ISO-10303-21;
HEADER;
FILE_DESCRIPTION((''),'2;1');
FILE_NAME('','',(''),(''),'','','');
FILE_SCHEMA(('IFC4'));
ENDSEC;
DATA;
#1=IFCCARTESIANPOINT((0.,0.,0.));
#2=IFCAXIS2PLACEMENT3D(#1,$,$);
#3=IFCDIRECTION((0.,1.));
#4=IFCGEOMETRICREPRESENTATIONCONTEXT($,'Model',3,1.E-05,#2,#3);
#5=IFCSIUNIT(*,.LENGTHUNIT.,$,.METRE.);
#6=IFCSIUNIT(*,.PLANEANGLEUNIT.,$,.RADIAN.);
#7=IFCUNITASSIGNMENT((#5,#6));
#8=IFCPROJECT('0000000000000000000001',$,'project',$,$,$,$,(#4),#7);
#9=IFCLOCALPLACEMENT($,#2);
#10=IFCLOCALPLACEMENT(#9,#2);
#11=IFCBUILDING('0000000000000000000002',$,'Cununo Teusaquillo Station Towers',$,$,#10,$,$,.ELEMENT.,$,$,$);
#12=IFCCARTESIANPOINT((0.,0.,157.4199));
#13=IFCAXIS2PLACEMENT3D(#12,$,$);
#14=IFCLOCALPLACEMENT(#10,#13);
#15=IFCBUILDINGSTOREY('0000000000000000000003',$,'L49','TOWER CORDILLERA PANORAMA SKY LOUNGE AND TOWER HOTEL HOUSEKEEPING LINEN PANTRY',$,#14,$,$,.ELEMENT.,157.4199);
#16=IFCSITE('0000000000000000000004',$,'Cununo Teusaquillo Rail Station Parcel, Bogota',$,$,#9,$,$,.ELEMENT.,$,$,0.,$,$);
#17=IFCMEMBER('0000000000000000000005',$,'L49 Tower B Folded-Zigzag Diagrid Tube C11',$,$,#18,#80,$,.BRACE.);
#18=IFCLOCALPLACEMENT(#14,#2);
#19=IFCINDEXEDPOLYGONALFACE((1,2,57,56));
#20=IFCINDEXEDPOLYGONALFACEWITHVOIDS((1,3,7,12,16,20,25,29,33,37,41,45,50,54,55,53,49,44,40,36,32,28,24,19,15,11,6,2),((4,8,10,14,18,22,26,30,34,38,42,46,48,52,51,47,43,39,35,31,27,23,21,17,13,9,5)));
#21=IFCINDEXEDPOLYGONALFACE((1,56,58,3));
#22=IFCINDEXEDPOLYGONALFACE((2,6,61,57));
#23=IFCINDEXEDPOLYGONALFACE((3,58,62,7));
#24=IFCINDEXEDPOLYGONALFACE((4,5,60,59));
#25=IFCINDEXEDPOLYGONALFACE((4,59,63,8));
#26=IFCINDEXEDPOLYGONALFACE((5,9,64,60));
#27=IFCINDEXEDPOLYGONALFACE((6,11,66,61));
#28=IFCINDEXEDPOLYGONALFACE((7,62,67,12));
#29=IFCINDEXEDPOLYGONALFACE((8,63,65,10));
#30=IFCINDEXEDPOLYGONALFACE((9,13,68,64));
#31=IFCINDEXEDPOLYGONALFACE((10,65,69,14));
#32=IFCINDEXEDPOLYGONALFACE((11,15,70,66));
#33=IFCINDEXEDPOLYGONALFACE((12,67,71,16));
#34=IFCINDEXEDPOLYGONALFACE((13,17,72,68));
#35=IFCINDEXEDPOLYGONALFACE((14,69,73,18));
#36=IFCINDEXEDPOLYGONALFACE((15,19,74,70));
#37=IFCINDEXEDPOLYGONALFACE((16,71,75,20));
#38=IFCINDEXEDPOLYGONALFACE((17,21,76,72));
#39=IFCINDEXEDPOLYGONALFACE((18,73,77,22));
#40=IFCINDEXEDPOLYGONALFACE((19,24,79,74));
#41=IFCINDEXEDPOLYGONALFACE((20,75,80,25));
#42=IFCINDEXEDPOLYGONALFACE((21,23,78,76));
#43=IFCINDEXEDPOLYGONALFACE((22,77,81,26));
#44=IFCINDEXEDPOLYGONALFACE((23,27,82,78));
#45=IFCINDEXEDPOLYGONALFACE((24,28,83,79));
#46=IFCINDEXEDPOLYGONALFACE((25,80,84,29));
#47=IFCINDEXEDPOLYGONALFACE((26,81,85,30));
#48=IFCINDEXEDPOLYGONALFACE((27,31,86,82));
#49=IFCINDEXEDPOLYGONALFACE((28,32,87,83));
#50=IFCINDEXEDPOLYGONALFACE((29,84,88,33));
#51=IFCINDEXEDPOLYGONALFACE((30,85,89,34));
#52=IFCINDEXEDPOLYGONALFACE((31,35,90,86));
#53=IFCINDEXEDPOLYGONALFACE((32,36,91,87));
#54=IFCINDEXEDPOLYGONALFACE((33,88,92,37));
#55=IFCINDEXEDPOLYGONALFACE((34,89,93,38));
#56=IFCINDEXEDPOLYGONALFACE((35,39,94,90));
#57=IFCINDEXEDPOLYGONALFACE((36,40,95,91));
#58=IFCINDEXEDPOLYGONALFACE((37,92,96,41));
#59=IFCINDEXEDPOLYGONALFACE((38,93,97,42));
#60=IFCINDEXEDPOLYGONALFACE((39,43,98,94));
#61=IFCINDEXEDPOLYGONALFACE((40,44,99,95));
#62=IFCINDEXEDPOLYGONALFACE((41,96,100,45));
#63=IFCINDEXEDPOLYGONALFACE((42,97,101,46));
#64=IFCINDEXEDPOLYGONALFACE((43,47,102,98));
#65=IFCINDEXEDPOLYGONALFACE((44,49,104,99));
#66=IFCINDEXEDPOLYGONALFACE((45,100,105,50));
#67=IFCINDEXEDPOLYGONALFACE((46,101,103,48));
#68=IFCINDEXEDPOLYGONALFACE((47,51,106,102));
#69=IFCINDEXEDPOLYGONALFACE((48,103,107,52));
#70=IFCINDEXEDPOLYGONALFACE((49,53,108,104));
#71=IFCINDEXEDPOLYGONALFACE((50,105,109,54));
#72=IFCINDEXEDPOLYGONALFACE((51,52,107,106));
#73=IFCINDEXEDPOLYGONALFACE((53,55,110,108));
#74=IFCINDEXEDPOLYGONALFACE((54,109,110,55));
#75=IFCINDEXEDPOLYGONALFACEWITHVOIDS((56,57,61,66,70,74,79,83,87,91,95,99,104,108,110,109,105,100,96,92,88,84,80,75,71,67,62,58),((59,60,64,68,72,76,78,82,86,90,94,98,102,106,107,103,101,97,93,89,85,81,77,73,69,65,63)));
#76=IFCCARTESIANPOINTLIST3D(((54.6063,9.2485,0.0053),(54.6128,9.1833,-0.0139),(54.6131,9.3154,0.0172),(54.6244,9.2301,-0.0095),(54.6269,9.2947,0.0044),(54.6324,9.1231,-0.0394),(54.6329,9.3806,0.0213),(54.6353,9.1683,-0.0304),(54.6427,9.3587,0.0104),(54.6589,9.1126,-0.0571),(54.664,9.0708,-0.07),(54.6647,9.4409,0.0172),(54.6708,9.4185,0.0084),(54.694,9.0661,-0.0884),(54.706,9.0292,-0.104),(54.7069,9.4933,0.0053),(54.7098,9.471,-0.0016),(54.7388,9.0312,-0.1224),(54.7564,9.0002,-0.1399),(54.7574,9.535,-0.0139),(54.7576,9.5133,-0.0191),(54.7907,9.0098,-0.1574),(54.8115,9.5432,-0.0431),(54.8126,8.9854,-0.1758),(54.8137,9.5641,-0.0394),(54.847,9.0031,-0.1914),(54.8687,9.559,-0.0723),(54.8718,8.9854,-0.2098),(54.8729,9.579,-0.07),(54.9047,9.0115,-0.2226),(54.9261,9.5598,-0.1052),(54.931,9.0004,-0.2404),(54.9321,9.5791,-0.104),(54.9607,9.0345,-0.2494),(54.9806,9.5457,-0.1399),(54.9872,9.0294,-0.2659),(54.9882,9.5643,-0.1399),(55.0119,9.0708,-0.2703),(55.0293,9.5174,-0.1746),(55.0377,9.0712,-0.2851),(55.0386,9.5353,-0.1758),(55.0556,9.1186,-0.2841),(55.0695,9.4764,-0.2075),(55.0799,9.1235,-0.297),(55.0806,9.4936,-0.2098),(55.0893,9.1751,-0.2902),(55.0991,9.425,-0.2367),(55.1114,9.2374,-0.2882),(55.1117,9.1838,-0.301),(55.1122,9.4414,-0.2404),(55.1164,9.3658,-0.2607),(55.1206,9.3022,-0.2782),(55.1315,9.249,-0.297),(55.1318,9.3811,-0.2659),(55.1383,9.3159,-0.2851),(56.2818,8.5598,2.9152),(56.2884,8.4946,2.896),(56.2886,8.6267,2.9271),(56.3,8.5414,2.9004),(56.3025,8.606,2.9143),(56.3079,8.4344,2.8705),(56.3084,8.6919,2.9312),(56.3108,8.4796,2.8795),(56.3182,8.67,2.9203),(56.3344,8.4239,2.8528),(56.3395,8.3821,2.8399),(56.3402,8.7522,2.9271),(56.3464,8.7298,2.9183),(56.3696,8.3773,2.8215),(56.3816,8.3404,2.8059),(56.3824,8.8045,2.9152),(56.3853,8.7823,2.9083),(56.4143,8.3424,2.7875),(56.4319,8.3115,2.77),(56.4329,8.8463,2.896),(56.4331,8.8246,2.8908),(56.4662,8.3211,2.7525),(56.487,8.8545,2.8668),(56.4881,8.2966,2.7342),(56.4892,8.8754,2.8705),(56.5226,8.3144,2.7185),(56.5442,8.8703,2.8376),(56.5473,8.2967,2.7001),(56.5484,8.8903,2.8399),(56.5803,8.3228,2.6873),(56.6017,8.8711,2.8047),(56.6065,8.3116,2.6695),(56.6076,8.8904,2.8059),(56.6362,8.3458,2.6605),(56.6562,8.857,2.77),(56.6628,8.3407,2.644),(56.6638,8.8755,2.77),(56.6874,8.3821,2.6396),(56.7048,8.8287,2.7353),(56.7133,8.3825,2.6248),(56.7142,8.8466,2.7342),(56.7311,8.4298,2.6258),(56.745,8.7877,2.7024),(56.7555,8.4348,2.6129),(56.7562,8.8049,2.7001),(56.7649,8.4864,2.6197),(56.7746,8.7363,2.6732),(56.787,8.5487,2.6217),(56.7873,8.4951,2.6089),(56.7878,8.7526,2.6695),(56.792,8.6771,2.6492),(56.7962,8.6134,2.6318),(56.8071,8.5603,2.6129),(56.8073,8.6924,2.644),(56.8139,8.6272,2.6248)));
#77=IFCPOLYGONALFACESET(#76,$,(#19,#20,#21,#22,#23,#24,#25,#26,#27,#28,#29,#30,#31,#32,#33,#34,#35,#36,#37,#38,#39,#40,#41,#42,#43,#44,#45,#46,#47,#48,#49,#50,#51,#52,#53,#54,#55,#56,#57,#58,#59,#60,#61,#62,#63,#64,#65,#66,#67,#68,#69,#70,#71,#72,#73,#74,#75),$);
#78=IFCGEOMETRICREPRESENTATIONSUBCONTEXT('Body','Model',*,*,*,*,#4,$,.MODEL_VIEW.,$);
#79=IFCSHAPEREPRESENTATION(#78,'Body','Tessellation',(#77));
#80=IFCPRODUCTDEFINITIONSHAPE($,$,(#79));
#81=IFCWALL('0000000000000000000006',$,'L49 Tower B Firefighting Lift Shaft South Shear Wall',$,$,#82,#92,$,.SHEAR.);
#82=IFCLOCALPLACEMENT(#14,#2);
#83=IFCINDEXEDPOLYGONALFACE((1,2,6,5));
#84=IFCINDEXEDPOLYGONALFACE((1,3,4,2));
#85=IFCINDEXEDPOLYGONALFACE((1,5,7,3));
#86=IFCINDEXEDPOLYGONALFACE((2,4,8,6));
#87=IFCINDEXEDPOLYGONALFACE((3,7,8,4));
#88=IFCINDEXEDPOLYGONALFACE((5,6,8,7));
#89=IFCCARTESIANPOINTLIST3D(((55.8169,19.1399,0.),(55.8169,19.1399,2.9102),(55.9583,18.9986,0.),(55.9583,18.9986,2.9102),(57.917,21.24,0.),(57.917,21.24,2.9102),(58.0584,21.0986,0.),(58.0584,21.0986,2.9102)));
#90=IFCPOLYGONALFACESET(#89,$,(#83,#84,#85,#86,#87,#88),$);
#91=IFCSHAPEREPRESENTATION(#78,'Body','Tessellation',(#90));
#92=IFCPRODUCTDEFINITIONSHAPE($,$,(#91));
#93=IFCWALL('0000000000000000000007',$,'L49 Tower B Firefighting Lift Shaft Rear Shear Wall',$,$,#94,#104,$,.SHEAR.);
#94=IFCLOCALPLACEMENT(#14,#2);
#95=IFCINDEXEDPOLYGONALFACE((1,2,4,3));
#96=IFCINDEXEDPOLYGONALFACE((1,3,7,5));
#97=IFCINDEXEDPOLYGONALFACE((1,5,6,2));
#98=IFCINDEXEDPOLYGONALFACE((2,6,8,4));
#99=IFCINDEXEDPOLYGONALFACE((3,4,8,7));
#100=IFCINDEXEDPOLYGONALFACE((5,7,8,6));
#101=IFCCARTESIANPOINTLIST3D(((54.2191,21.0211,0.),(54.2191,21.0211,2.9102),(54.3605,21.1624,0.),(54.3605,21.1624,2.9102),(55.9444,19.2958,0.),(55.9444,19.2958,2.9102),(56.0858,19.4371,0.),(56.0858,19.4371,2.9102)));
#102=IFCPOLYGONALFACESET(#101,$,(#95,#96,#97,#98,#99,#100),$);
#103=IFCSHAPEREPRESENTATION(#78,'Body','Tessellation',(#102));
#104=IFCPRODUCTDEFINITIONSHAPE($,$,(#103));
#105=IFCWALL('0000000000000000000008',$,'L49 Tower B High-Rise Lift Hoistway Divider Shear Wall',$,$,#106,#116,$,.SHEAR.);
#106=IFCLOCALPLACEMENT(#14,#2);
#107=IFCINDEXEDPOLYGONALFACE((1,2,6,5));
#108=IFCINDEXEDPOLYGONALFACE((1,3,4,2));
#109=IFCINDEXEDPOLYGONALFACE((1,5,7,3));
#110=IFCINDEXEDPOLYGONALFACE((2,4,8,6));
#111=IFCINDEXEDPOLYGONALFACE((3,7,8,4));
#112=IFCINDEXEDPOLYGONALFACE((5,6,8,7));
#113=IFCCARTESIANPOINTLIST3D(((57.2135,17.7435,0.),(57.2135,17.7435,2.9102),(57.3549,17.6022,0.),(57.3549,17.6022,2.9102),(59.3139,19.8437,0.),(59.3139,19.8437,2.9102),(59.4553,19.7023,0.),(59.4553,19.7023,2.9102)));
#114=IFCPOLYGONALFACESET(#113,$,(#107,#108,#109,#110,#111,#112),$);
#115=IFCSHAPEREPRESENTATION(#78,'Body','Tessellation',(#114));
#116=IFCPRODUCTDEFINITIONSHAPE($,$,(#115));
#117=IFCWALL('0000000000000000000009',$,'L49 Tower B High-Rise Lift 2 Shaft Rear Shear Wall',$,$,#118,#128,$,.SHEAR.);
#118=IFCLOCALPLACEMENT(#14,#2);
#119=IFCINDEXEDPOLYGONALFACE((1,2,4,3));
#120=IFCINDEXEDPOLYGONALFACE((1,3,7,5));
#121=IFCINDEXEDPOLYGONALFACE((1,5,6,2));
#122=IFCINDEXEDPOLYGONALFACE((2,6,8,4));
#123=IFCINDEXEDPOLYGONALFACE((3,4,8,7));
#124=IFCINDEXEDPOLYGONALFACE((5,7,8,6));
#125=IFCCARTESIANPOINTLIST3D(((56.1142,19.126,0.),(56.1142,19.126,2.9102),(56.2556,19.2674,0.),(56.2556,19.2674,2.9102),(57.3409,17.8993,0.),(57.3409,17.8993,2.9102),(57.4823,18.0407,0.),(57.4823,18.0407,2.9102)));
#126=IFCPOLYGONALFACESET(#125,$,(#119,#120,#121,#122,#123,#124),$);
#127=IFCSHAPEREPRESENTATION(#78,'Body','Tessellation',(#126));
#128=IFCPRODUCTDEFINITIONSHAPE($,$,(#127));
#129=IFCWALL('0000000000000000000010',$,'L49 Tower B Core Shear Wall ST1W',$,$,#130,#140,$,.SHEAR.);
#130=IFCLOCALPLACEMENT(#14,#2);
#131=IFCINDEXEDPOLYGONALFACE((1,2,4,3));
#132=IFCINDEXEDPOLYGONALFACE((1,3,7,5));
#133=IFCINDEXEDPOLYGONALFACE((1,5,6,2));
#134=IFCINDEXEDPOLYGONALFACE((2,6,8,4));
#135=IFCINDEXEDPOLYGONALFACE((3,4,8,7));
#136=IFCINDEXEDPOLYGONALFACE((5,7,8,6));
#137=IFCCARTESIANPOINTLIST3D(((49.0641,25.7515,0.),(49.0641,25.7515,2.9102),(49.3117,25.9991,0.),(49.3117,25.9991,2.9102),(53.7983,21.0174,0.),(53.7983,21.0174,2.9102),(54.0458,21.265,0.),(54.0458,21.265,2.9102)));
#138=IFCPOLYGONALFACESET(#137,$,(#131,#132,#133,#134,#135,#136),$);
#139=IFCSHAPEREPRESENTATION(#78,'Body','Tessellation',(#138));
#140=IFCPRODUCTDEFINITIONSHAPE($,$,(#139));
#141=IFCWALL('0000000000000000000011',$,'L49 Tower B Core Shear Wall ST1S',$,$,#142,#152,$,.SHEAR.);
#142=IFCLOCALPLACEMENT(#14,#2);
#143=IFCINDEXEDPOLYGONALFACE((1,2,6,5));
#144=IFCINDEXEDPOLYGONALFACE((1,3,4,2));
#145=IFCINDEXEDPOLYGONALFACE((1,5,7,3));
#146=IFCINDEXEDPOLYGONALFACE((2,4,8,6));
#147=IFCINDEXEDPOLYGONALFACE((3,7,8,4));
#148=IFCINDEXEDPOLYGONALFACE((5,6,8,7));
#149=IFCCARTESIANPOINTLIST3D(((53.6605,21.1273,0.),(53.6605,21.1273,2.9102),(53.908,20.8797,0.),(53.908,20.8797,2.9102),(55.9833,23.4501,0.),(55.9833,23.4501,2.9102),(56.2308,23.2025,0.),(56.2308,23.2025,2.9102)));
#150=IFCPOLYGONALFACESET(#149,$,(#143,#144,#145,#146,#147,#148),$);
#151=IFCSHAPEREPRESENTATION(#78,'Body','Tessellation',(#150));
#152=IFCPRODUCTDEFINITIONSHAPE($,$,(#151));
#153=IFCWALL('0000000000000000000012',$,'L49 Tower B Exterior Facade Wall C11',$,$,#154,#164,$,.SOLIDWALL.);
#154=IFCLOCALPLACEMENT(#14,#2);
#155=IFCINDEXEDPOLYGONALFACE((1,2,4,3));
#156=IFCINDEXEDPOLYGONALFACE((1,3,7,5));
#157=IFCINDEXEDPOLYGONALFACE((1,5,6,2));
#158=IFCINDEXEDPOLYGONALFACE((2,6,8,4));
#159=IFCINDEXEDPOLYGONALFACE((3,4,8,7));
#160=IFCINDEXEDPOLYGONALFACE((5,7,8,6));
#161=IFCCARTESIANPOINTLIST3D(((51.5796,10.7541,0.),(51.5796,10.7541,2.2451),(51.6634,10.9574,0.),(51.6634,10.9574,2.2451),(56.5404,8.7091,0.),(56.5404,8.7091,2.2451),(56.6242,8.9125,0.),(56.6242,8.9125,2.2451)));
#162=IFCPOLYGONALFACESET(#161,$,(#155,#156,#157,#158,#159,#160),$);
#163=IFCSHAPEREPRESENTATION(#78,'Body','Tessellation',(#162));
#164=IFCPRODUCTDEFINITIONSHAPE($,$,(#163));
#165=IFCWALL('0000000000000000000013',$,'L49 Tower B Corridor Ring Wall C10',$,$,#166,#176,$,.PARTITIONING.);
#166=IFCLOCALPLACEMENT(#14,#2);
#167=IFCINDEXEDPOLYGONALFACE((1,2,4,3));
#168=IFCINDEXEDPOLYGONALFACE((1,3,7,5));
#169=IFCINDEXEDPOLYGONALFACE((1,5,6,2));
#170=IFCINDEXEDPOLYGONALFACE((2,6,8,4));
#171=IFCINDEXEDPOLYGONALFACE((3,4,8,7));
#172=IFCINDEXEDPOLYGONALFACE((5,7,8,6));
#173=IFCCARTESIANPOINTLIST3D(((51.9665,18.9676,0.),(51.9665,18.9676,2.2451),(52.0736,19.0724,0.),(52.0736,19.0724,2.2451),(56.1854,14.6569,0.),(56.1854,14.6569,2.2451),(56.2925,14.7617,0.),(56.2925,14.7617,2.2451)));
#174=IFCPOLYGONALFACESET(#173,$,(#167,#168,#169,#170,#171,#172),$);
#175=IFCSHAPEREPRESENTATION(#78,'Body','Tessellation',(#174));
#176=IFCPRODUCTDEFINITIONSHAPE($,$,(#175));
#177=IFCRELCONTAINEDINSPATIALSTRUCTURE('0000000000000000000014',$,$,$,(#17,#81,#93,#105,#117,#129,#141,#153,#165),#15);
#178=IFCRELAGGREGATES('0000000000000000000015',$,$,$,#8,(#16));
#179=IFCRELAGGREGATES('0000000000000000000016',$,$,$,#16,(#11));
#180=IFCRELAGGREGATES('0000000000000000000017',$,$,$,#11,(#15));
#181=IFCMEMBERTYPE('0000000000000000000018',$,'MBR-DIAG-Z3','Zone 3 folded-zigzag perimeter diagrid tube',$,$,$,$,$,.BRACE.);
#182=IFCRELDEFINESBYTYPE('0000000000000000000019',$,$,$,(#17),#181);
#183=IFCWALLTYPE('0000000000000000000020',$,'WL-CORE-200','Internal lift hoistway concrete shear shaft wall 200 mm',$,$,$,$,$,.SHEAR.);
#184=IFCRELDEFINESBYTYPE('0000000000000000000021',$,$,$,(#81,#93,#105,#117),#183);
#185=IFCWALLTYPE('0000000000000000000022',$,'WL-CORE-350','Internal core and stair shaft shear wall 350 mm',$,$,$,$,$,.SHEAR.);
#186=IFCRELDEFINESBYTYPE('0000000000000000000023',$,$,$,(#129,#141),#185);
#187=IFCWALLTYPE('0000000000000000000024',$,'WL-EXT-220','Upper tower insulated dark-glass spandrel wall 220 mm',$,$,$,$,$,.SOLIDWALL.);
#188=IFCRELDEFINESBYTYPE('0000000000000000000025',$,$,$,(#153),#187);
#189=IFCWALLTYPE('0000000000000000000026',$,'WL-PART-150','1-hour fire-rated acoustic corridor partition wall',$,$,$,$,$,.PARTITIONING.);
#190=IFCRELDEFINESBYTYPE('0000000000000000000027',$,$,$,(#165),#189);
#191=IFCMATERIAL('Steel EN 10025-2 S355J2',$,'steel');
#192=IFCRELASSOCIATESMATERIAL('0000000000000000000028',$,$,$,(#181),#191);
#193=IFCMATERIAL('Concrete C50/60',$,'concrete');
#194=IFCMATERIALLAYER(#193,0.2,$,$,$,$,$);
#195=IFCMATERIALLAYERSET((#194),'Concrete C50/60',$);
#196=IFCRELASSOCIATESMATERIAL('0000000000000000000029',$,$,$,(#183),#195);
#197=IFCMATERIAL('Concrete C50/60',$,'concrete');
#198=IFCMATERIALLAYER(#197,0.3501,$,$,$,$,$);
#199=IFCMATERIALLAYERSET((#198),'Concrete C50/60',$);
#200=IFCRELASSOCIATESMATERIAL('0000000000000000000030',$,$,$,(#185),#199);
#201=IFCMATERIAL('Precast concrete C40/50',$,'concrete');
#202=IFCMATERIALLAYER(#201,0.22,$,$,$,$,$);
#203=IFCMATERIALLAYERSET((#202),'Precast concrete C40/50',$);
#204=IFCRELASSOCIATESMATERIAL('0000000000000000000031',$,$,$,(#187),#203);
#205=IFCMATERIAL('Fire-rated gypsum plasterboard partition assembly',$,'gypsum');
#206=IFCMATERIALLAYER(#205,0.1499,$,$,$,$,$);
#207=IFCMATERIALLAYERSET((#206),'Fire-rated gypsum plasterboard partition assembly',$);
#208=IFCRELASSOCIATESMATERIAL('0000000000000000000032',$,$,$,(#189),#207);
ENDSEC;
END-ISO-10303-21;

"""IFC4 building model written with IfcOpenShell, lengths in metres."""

from ifc_helpers import new_model, si_unit, direction, frame, frame_2d, origin, origin_2d, place, context, subcontext, project, spatial, rectangle, hollow_circle, extrude, material, layer, layer_set, material_profile, profile_set, type_object, element, save


model = new_model("IFC4")

# Units and contexts
model_context = context("Model", 3, precision=1e-05, world=origin(), true_north=direction((0.0, 1.0)))
body_context = subcontext(model_context, "Body", "Model", "MODEL_VIEW")
ifc_project = project(units=[si_unit("LENGTHUNIT", "METRE"), si_unit("PLANEANGLEUNIT", "RADIAN")], contexts=[model_context])

# Site, building, storey
site_placement = place(None, origin())
site = spatial("IfcSite", under=ifc_project, at=site_placement, Name="Cununo Teusaquillo Rail Station Parcel, Bogota", CompositionType="ELEMENT", RefElevation=0.0)
building_placement = place(site_placement, origin())
building = spatial("IfcBuilding", under=site, at=building_placement, Name="Cununo Teusaquillo Station Towers", CompositionType="ELEMENT")
storey_placement = place(building_placement, frame((0.0, 0.0, 157.4199)))
storey = spatial("IfcBuildingStorey", under=building, at=storey_placement, Name="L49", Description="TOWER CORDILLERA PANORAMA SKY LOUNGE AND TOWER HOTEL HOUSEKEEPING LINEN PANTRY", CompositionType="ELEMENT", Elevation=157.4199)

# Member
ifc_material_1 = material(Name="Steel EN 10025-2 S355J2", Category="steel")
ifc_material_profile_1 = material_profile(ifc_material_1, hollow_circle(Radius=0.3049, WallThickness=0.02, at=origin_2d()), Name="CHS 610x20")
ifc_profile_set_1 = profile_set([ifc_material_profile_1], Name="Steel EN 10025-2 S355J2")
member_type = type_object("IfcMemberType", Name="MBR-DIAG-Z3", Description="Zone 3 folded-zigzag perimeter diagrid tube", PredefinedType="BRACE", material=ifc_profile_set_1)
member_placement = place(storey_placement, frame((54.8723, 9.2822, -0.1399), z_axis=(0.488818, -0.200926, 0.848932), x_axis=(0.38018, 0.924912, 0.0)))
element("IfcMember", 1, at=member_placement, inside=storey, type_object=member_type, Name="L49 Tower B Folded-Zigzag Diagrid Tube C11", PredefinedType="BRACE", context=body_context, shape_type="SweptSolid", body=[
    extrude(hollow_circle(Radius=0.3049, WallThickness=0.02, at=origin_2d()), origin(), (0.0, 0.0, 1.0), 3.4277),
])

# Walls
ifc_material_2 = material(Name="Concrete C50/60", Category="concrete")
ifc_layer_1 = layer(ifc_material_2, 0.2)
ifc_layer_set_1 = layer_set([ifc_layer_1], Name="Concrete C50/60")
wall_type_1 = type_object("IfcWallType", Name="WL-CORE-200", Description="Internal lift hoistway concrete shear shaft wall 200 mm", PredefinedType="SHEAR", material=ifc_layer_set_1)
wall_1_placement = place(storey_placement, frame((55.8877, 19.0693, 0.0), z_axis=(0.0, 0.0, 1.0), x_axis=(0.707107, 0.707107, 0.0)))
element("IfcWall", 2, at=wall_1_placement, inside=storey, type_object=wall_type_1, Name="L49 Tower B Firefighting Lift Shaft South Shear Wall", PredefinedType="SHEAR", context=body_context, shape_type="SweptSolid", body=[
    extrude(rectangle(XDim=2.97, YDim=0.2, at=frame_2d((1.4849, 0.0))), origin(), (0.0, 0.0, 1.0), 2.9102),
])
wall_2_placement = place(storey_placement, frame((56.0151, 19.3665, 0.0), z_axis=(0.0, 0.0, 1.0), x_axis=(-0.707107, 0.707107, 0.0)))
element("IfcWall", 3, at=wall_2_placement, inside=storey, type_object=wall_type_1, Name="L49 Tower B Firefighting Lift Shaft Rear Shear Wall", PredefinedType="SHEAR", context=body_context, shape_type="SweptSolid", body=[
    extrude(rectangle(XDim=2.4399, YDim=0.2, at=frame_2d((1.22, 0.0))), origin(), (0.0, 0.0, 1.0), 2.9102),
])
wall_3_placement = place(storey_placement, frame((57.2842, 17.6729, 0.0), z_axis=(0.0, 0.0, 1.0), x_axis=(0.707148, 0.707066, 0.0)))
element("IfcWall", 4, at=wall_3_placement, inside=storey, type_object=wall_type_1, Name="L49 Tower B High-Rise Lift Hoistway Divider Shear Wall", PredefinedType="SHEAR", context=body_context, shape_type="SweptSolid", body=[
    extrude(rectangle(XDim=2.9702, YDim=0.2, at=frame_2d((1.4851, 0.0))), origin(), (0.0, 0.0, 1.0), 2.9102),
])
wall_4_placement = place(storey_placement, frame((57.4116, 17.97, 0.0), z_axis=(0.0, 0.0, 1.0), x_axis=(-0.707107, 0.707107, 0.0)))
element("IfcWall", 5, at=wall_4_placement, inside=storey, type_object=wall_type_1, Name="L49 Tower B High-Rise Lift 2 Shaft Rear Shear Wall", PredefinedType="SHEAR", context=body_context, shape_type="SweptSolid", body=[
    extrude(rectangle(XDim=1.7349, YDim=0.2, at=frame_2d((0.8674, 0.0))), origin(), (0.0, 0.0, 1.0), 2.9102),
])
ifc_material_3 = material(Name="Concrete C50/60", Category="concrete")
ifc_layer_2 = layer(ifc_material_3, 0.3501)
ifc_layer_set_2 = layer_set([ifc_layer_2], Name="Concrete C50/60")
wall_type_2 = type_object("IfcWallType", Name="WL-CORE-350", Description="Internal core and stair shaft shear wall 350 mm", PredefinedType="SHEAR", material=ifc_layer_set_2)
wall_5_placement = place(storey_placement, frame((53.9221, 21.1411, 0.0), z_axis=(0.0, 0.0, 1.0), x_axis=(-0.707107, 0.707107, 0.0)))
element("IfcWall", 6, at=wall_5_placement, inside=storey, type_object=wall_type_2, Name="L49 Tower B Core Shear Wall ST1W", PredefinedType="SHEAR", context=body_context, shape_type="SweptSolid", body=[
    extrude(rectangle(XDim=6.6951, YDim=0.3501, at=frame_2d((3.3477, 0.0))), origin(), (0.0, 0.0, 1.0), 2.9102),
])
wall_6_placement = place(storey_placement, frame((53.7842, 21.0034, 0.0), z_axis=(0.0, 0.0, 1.0), x_axis=(0.707107, 0.707107, 0.0)))
element("IfcWall", 7, at=wall_6_placement, inside=storey, type_object=wall_type_2, Name="L49 Tower B Core Shear Wall ST1S", PredefinedType="SHEAR", context=body_context, shape_type="SweptSolid", body=[
    extrude(rectangle(XDim=3.2849, YDim=0.3501, at=frame_2d((1.6426, 0.0))), origin(), (0.0, 0.0, 1.0), 2.9102),
])
ifc_material_4 = material(Name="Precast concrete C40/50", Category="concrete")
ifc_layer_3 = layer(ifc_material_4, 0.22)
ifc_layer_set_3 = layer_set([ifc_layer_3], Name="Precast concrete C40/50")
wall_type_3 = type_object("IfcWallType", Name="WL-EXT-220", Description="Upper tower insulated dark-glass spandrel wall 220 mm", PredefinedType="SOLIDWALL", material=ifc_layer_set_3)
wall_7_placement = place(storey_placement, frame((56.5823, 8.8108, 0.0), z_axis=(0.0, 0.0, 1.0), x_axis=(-0.924528, 0.381114, 0.0)))
element("IfcWall", 8, at=wall_7_placement, inside=storey, type_object=wall_type_3, Name="L49 Tower B Exterior Facade Wall C11", PredefinedType="SOLIDWALL", context=body_context, shape_type="SweptSolid", body=[
    extrude(rectangle(XDim=5.3657, YDim=0.22, at=frame_2d((2.6829, 0.0))), origin(), (0.0, 0.0, 1.0), 2.2451),
])
ifc_material_5 = material(Name="Fire-rated gypsum plasterboard partition assembly", Category="gypsum")
ifc_layer_4 = layer(ifc_material_5, 0.1499)
ifc_layer_set_4 = layer_set([ifc_layer_4], Name="Fire-rated gypsum plasterboard partition assembly")
wall_type_4 = type_object("IfcWallType", Name="WL-PART-150", Description="1-hour fire-rated acoustic corridor partition wall", PredefinedType="PARTITIONING", material=ifc_layer_set_4)
wall_8_placement = place(storey_placement, frame((52.02, 19.02, 0.0), z_axis=(0.0, 0.0, 1.0), x_axis=(0.699456, -0.714675, 0.0)))
element("IfcWall", 9, at=wall_8_placement, inside=storey, type_object=wall_type_4, Name="L49 Tower B Corridor Ring Wall C10", PredefinedType="PARTITIONING", context=body_context, shape_type="SweptSolid", body=[
    extrude(rectangle(XDim=6.0317, YDim=0.1499, at=frame_2d((3.0159, 0.0))), origin(), (0.0, 0.0, 1.0), 2.2451),
])

save(model, "model.ifc")
